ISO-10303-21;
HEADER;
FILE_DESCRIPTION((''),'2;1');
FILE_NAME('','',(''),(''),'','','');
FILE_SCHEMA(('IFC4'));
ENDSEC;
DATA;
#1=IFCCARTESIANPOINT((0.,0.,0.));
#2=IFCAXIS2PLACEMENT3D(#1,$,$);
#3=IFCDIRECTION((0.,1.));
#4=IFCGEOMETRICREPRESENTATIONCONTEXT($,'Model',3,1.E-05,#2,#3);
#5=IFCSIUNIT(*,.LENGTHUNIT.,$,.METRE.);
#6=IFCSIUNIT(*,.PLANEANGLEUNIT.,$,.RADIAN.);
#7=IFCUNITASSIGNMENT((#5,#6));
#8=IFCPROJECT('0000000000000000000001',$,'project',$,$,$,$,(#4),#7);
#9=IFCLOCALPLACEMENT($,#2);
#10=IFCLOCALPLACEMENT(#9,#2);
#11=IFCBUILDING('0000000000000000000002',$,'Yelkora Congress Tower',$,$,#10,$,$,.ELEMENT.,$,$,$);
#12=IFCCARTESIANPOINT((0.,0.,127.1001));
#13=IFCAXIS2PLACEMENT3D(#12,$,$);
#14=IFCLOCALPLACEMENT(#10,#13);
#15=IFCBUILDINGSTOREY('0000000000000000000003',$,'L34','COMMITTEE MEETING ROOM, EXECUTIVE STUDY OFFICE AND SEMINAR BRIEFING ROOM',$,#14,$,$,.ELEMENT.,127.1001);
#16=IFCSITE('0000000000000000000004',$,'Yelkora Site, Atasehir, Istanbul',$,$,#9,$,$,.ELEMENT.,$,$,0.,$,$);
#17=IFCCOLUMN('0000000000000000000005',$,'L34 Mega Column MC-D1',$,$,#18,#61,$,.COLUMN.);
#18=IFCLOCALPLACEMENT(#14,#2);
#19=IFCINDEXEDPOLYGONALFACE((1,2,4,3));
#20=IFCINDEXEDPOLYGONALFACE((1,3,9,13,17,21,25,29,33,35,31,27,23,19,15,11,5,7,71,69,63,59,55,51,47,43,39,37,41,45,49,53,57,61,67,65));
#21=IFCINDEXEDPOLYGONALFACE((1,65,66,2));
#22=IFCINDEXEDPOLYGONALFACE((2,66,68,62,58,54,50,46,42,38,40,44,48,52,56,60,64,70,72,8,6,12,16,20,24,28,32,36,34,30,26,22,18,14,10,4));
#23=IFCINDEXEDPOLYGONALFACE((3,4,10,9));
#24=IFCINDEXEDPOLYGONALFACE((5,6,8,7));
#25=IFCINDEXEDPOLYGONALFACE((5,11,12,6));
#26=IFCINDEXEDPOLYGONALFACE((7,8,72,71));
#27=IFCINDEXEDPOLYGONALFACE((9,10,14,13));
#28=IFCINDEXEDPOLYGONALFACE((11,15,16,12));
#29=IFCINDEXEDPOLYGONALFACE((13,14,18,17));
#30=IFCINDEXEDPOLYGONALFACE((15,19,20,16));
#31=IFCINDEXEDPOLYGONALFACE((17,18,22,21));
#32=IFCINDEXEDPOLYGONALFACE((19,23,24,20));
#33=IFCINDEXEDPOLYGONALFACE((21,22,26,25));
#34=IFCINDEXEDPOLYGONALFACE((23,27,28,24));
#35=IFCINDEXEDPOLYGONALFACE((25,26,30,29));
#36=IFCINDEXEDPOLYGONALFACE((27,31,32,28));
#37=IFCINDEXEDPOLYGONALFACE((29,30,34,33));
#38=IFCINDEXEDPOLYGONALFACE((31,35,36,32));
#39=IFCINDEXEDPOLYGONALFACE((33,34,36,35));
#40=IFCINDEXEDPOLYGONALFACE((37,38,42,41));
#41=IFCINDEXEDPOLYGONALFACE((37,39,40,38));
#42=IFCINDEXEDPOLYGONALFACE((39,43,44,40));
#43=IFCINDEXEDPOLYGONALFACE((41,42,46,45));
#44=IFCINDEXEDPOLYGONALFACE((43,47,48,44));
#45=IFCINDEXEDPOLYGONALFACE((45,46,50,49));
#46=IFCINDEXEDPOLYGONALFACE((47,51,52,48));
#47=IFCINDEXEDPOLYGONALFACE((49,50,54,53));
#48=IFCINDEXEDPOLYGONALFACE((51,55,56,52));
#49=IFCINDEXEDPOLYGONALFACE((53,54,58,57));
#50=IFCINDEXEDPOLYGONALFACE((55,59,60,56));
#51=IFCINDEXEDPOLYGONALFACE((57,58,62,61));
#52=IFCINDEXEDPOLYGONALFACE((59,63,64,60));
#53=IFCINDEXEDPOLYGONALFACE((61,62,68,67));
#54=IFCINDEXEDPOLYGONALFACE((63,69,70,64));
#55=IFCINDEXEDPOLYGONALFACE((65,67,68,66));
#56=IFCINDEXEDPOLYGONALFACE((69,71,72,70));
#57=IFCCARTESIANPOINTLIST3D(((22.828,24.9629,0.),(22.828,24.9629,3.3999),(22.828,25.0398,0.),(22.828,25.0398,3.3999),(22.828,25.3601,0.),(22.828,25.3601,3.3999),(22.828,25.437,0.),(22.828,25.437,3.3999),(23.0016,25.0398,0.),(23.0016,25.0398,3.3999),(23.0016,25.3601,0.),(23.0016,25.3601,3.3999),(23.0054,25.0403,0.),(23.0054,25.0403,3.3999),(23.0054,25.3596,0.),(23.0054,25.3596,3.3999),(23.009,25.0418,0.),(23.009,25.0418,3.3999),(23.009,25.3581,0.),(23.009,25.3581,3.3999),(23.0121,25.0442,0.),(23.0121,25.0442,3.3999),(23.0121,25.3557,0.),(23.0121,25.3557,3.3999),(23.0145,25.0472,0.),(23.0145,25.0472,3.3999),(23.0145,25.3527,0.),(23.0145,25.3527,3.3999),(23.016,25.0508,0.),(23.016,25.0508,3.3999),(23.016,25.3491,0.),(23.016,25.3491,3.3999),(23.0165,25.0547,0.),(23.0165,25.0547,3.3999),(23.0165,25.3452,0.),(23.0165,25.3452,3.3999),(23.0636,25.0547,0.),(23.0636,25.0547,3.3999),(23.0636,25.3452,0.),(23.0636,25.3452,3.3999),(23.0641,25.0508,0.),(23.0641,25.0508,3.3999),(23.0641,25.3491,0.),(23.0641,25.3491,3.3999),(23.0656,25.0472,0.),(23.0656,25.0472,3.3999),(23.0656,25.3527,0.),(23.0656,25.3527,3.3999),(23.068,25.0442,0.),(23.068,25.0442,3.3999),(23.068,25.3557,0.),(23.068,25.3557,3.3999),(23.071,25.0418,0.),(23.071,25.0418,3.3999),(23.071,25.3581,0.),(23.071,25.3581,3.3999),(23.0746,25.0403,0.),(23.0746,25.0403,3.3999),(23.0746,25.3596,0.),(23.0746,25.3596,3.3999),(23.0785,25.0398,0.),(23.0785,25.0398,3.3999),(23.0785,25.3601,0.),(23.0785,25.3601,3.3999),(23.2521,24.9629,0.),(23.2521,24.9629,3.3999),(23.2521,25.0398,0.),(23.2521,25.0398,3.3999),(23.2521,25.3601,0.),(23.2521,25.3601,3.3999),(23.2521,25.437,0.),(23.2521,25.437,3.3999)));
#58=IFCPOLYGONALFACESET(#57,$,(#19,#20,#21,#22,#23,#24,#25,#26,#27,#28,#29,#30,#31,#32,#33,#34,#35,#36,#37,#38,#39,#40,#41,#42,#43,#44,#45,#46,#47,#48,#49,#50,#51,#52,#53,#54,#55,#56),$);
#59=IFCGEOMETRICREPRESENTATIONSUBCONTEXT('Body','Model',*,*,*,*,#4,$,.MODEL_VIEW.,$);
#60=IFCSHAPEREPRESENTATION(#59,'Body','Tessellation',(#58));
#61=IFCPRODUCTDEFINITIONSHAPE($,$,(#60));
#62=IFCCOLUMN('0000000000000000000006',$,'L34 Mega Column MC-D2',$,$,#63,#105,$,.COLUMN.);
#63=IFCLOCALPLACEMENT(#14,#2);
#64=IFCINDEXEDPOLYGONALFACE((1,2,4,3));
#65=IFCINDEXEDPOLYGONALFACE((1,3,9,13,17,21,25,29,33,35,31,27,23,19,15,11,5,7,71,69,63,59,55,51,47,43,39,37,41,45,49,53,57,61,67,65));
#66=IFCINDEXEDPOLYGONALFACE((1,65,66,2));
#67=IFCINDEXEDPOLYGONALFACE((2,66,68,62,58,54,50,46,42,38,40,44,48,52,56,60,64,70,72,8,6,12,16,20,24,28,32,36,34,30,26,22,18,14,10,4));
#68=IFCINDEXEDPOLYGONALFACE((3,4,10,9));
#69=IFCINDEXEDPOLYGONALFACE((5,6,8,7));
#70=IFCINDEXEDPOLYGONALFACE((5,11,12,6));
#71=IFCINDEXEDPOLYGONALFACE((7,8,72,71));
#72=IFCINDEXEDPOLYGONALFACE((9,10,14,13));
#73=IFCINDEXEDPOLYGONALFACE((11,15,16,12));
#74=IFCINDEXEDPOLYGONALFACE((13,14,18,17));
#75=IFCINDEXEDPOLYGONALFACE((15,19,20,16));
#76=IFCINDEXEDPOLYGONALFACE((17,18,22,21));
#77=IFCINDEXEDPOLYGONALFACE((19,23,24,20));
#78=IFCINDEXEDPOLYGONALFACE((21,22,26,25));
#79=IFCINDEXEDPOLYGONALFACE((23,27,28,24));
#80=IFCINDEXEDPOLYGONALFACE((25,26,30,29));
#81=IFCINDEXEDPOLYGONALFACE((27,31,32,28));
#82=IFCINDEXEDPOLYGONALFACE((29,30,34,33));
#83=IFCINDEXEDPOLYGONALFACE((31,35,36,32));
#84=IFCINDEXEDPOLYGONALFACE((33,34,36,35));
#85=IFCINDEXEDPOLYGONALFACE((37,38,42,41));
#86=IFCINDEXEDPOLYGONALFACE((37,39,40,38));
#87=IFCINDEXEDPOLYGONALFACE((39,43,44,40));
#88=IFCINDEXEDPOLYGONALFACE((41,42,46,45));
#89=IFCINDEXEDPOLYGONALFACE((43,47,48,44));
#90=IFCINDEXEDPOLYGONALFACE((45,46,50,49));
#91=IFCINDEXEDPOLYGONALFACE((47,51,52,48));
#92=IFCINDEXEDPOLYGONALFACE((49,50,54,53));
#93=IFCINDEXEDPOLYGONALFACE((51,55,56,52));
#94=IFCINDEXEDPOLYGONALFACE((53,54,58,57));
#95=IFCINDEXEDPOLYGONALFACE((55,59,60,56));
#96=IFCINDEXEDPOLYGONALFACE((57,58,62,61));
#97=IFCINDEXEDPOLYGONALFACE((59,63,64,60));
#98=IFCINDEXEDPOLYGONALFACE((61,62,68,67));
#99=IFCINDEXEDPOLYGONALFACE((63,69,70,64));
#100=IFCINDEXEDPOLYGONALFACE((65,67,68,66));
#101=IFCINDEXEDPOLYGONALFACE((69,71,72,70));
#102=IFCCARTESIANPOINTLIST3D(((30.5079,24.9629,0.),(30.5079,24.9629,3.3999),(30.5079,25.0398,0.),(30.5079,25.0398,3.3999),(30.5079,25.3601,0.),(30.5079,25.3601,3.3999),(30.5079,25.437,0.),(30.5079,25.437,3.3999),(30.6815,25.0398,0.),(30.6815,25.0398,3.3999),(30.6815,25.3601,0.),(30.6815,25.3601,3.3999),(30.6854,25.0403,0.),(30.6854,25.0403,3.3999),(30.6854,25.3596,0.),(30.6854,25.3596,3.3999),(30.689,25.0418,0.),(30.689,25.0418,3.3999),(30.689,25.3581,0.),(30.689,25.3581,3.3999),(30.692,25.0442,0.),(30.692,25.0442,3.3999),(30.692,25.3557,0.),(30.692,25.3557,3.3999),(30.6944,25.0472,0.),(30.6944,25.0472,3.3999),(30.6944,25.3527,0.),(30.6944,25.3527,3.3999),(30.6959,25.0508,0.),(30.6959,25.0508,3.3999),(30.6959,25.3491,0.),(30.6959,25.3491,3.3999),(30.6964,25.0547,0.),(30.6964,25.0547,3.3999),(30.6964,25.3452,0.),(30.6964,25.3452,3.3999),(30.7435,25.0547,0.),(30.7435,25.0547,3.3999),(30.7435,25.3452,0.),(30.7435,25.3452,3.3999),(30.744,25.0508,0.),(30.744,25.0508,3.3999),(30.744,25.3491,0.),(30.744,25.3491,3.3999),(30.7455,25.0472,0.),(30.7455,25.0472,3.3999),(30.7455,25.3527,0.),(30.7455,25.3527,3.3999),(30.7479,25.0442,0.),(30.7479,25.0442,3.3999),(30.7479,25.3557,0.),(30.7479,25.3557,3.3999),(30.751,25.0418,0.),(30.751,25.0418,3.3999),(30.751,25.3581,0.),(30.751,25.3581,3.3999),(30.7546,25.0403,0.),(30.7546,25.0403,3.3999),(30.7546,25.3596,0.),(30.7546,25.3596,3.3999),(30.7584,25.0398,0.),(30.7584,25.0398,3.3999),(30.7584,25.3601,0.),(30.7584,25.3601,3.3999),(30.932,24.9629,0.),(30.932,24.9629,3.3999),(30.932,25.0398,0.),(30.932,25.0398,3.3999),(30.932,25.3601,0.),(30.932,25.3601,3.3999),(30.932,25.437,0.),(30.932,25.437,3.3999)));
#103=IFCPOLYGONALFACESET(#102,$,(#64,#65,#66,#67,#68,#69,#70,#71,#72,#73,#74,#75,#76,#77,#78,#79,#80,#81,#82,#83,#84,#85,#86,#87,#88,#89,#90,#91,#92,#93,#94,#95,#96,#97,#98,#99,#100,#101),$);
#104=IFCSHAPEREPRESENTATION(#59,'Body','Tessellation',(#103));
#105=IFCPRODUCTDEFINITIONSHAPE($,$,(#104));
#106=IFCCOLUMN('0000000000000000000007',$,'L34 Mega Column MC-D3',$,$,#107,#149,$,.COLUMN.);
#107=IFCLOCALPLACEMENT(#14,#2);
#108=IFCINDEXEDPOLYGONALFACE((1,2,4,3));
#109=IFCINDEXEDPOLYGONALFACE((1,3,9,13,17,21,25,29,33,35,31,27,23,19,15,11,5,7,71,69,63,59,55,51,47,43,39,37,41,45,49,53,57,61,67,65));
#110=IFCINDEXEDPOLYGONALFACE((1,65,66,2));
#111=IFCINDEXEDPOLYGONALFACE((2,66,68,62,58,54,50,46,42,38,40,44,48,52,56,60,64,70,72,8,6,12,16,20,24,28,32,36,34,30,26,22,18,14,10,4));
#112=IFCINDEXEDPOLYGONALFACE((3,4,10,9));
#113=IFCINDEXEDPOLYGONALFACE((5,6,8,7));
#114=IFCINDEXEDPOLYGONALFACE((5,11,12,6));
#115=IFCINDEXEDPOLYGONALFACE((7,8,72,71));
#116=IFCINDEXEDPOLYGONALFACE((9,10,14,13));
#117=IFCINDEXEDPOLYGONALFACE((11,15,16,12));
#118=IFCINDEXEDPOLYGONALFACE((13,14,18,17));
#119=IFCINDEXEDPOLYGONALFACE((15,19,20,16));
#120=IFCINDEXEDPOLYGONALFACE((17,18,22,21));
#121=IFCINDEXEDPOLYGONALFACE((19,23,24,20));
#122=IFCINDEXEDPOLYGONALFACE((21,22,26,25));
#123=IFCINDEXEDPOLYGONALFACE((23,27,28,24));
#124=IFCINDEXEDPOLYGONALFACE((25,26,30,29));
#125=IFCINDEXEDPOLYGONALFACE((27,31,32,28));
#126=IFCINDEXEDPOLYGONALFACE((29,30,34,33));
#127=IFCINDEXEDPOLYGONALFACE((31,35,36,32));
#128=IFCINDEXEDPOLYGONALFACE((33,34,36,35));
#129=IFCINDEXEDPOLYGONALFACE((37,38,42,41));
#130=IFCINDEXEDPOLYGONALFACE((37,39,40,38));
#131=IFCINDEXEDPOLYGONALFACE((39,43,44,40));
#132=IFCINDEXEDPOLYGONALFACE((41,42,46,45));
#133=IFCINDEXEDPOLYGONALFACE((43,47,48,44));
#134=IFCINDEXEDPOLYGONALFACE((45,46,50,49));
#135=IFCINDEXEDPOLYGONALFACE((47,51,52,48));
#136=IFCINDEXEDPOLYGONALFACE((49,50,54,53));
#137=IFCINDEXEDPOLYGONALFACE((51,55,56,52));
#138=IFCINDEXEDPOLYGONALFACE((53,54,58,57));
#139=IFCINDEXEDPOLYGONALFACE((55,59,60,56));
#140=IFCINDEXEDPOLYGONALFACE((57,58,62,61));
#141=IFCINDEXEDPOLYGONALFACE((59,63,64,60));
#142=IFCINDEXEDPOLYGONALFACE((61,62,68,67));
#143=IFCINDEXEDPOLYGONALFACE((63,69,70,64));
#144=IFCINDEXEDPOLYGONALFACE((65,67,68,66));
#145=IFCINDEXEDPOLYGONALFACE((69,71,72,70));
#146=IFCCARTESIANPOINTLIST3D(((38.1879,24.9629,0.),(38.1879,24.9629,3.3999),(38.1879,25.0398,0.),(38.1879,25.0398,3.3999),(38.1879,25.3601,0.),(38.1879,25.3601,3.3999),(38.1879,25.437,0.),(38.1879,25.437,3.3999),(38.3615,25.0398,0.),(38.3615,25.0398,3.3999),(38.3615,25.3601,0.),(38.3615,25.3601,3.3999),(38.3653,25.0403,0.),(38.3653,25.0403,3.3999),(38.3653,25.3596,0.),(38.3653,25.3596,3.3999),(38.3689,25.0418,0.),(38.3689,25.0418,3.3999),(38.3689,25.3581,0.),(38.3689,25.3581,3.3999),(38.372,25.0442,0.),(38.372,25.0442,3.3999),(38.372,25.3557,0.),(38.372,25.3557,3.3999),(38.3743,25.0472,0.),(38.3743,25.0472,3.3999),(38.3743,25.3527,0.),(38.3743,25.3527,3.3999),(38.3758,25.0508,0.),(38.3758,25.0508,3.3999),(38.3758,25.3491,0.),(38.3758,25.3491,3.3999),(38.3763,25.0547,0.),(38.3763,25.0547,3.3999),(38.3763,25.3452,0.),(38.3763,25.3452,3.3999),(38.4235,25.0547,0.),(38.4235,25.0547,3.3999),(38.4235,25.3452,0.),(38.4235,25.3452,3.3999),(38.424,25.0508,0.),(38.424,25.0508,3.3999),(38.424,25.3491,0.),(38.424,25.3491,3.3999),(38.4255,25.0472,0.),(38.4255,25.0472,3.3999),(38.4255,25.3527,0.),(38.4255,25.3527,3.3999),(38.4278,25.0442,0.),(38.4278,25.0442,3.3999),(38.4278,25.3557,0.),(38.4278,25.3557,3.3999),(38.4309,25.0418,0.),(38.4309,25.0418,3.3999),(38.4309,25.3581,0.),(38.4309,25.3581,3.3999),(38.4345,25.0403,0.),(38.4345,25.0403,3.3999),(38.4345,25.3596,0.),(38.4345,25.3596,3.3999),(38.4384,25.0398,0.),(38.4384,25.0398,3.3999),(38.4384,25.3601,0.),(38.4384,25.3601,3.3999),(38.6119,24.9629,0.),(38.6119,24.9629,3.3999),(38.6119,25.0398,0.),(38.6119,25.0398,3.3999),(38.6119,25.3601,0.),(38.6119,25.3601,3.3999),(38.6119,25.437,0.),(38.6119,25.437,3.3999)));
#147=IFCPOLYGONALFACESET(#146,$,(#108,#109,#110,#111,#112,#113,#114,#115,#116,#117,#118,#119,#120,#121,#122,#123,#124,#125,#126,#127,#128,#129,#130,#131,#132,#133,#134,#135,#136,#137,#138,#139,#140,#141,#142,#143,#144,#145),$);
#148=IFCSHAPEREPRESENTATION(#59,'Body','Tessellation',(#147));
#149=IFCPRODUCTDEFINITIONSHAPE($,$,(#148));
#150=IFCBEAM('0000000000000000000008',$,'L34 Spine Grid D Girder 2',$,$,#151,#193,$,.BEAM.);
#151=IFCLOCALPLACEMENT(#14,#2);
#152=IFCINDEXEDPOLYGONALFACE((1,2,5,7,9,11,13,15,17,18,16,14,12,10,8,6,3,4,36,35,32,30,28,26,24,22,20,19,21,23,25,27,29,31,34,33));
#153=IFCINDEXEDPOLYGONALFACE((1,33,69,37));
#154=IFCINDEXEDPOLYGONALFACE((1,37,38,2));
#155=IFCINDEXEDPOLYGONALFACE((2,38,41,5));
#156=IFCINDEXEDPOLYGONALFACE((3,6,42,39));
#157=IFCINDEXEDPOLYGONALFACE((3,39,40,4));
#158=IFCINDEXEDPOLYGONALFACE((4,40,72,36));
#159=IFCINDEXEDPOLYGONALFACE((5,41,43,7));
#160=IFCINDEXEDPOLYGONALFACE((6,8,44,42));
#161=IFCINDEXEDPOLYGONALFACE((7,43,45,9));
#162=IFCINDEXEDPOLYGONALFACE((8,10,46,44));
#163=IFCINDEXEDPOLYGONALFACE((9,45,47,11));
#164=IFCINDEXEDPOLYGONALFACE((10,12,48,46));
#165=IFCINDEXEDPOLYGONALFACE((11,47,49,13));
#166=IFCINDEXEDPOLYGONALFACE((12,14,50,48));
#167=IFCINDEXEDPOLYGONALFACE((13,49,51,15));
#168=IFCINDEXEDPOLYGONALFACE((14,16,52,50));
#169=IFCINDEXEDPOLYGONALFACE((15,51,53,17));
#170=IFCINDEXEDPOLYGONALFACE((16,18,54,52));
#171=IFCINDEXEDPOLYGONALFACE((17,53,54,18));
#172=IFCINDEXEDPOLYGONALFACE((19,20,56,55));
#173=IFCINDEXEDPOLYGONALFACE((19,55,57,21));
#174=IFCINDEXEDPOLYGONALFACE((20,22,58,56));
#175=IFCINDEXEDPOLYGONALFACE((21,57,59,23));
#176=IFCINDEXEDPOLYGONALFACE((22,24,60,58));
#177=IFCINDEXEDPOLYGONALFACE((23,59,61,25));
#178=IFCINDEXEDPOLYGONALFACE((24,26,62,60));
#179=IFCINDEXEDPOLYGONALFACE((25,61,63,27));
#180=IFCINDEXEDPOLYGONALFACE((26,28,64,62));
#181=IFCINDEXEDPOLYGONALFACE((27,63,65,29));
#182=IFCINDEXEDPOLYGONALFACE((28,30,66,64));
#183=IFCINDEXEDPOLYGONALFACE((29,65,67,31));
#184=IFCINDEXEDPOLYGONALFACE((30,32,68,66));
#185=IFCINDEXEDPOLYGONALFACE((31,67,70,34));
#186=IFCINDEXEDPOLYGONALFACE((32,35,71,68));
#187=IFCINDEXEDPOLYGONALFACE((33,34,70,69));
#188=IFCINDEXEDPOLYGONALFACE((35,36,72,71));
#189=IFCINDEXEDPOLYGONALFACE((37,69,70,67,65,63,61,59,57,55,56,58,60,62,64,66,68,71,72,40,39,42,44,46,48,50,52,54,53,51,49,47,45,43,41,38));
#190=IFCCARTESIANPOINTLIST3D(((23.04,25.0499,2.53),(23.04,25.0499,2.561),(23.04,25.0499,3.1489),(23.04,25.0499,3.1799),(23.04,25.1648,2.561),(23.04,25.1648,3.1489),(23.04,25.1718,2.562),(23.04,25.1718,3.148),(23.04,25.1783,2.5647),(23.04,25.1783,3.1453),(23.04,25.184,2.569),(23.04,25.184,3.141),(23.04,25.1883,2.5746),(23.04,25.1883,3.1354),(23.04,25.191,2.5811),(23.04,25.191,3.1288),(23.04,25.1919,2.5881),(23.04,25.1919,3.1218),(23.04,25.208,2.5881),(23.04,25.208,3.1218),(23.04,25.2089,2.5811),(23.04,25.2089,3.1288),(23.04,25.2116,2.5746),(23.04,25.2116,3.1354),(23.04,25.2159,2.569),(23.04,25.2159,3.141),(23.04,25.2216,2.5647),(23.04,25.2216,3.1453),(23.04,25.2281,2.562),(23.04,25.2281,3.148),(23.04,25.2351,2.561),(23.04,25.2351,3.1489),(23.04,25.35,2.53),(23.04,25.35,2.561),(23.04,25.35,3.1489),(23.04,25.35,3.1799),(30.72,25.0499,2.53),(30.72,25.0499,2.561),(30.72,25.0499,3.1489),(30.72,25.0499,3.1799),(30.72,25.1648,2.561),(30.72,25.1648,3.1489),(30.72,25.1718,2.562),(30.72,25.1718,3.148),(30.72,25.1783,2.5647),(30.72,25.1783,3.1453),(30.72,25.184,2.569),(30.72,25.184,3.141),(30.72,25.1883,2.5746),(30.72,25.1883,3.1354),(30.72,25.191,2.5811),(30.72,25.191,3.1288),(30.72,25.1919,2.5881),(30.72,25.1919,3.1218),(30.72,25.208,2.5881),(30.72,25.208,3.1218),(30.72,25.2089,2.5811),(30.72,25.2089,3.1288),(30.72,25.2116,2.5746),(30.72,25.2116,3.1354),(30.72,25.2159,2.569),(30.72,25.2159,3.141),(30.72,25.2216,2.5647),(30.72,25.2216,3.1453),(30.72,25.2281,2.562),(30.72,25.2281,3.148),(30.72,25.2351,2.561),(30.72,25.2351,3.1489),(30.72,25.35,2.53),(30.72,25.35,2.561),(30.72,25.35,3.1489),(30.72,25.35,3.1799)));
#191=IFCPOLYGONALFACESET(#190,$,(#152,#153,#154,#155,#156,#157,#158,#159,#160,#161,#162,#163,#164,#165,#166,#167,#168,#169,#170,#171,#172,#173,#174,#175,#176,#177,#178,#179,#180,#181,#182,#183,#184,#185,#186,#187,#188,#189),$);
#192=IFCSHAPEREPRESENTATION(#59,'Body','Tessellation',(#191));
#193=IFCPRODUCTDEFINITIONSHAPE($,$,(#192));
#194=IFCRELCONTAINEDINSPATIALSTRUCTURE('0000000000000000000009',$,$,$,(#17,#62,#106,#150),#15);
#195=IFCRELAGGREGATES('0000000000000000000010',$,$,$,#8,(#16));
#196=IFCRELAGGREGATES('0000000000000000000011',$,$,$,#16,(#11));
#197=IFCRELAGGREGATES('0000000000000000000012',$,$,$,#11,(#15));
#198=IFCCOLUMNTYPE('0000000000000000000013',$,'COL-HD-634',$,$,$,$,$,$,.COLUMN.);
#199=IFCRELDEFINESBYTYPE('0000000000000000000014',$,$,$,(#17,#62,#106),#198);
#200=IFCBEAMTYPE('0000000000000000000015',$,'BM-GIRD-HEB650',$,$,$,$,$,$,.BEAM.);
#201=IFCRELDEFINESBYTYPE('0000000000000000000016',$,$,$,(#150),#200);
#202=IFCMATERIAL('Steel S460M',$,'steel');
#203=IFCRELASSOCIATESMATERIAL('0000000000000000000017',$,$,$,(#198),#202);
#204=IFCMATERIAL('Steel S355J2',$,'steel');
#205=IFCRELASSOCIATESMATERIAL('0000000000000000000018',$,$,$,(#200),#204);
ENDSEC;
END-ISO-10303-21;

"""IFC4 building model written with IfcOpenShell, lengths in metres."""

from ifc_helpers import new_model, si_unit, direction, frame, origin, origin_2d, place, context, subcontext, project, spatial, i_section, extrude, material, material_profile, profile_set, type_object, element, save


model = new_model("IFC4")

# Units and contexts
model_context = context("Model", 3, precision=1e-05, world=origin(), true_north=direction((0.0, 1.0)))
body_context = subcontext(model_context, "Body", "Model", "MODEL_VIEW")
ifc_project = project(units=[si_unit("LENGTHUNIT", "METRE"), si_unit("PLANEANGLEUNIT", "RADIAN")], contexts=[model_context])

# Site, building, storey
site_placement = place(None, origin())
site = spatial("IfcSite", under=ifc_project, at=site_placement, Name="Yelkora Site, Atasehir, Istanbul", CompositionType="ELEMENT", RefElevation=0.0)
building_placement = place(site_placement, origin())
building = spatial("IfcBuilding", under=site, at=building_placement, Name="Yelkora Congress Tower", CompositionType="ELEMENT")
storey_placement = place(building_placement, frame((0.0, 0.0, 127.1001)))
storey = spatial("IfcBuildingStorey", under=building, at=storey_placement, Name="L34", Description="COMMITTEE MEETING ROOM, EXECUTIVE STUDY OFFICE AND SEMINAR BRIEFING ROOM", CompositionType="ELEMENT", Elevation=127.1001)

# Columns
ifc_material_1 = material(Name="Steel S460M", Category="steel")
ifc_material_profile_1 = material_profile(ifc_material_1, i_section(OverallWidth=0.4241, OverallDepth=0.4741, WebThickness=0.0471, FlangeThickness=0.0769, FilletRadius=0.0149, at=origin_2d()), Name="HD 400x634")
ifc_profile_set_1 = profile_set([ifc_material_profile_1], Name="Steel S460M")
column_type = type_object("IfcColumnType", Name="COL-HD-634", PredefinedType="COLUMN", material=ifc_profile_set_1)
for number, where, z_axis, x_axis, name in (
    (1, (23.04, 25.2, 0.0), (0.0, 0.0, 1.0), (1.0, 0.0, 0.0), "L34 Mega Column MC-D1"),
    (2, (30.72, 25.2, 0.0), (0.0, 0.0, 1.0), (1.0, 0.0, 0.0), "L34 Mega Column MC-D2"),
    (3, (38.3999, 25.2, 0.0), (0.0, 0.0, 1.0), (1.0, 0.0, 0.0), "L34 Mega Column MC-D3"),
):
    element("IfcColumn", number, at=place(storey_placement, frame(where, z_axis=z_axis, x_axis=x_axis)), inside=storey, type_object=column_type, Name=name, PredefinedType="COLUMN", context=body_context, shape_type="SweptSolid", body=[
        extrude(i_section(OverallWidth=0.4241, OverallDepth=0.4741, WebThickness=0.0471, FlangeThickness=0.0769, FilletRadius=0.0149, at=origin_2d()), origin(), (0.0, 0.0, 1.0), 3.3999),
    ])

# Beam
ifc_material_2 = material(Name="Steel S355J2", Category="steel")
ifc_material_profile_2 = material_profile(ifc_material_2, i_section(OverallWidth=0.3, OverallDepth=0.6499, WebThickness=0.0161, FlangeThickness=0.031, FilletRadius=0.0271, at=origin_2d()), Name="HEB 650")
ifc_profile_set_2 = profile_set([ifc_material_profile_2], Name="Steel S355J2")
beam_type_1 = type_object("IfcBeamType", Name="BM-GIRD-HEB650", PredefinedType="BEAM", material=ifc_profile_set_2)
for number, where, z_axis, x_axis, name in (
    (4, (23.04, 25.2, 2.855), (1.0, 0.0, 0.0), (0.0, 1.0, 0.0), "L34 Spine Grid D Girder 2"),
):
    element("IfcBeam", number, at=place(storey_placement, frame(where, z_axis=z_axis, x_axis=x_axis)), inside=storey, type_object=beam_type_1, Name=name, PredefinedType="BEAM", context=body_context, shape_type="SweptSolid", body=[
        extrude(i_section(OverallWidth=0.3, OverallDepth=0.6499, WebThickness=0.0161, FlangeThickness=0.031, FilletRadius=0.0271, at=origin_2d()), origin(), (0.0, 0.0, 1.0), 7.6799),
    ])

save(model, "model.ifc")
